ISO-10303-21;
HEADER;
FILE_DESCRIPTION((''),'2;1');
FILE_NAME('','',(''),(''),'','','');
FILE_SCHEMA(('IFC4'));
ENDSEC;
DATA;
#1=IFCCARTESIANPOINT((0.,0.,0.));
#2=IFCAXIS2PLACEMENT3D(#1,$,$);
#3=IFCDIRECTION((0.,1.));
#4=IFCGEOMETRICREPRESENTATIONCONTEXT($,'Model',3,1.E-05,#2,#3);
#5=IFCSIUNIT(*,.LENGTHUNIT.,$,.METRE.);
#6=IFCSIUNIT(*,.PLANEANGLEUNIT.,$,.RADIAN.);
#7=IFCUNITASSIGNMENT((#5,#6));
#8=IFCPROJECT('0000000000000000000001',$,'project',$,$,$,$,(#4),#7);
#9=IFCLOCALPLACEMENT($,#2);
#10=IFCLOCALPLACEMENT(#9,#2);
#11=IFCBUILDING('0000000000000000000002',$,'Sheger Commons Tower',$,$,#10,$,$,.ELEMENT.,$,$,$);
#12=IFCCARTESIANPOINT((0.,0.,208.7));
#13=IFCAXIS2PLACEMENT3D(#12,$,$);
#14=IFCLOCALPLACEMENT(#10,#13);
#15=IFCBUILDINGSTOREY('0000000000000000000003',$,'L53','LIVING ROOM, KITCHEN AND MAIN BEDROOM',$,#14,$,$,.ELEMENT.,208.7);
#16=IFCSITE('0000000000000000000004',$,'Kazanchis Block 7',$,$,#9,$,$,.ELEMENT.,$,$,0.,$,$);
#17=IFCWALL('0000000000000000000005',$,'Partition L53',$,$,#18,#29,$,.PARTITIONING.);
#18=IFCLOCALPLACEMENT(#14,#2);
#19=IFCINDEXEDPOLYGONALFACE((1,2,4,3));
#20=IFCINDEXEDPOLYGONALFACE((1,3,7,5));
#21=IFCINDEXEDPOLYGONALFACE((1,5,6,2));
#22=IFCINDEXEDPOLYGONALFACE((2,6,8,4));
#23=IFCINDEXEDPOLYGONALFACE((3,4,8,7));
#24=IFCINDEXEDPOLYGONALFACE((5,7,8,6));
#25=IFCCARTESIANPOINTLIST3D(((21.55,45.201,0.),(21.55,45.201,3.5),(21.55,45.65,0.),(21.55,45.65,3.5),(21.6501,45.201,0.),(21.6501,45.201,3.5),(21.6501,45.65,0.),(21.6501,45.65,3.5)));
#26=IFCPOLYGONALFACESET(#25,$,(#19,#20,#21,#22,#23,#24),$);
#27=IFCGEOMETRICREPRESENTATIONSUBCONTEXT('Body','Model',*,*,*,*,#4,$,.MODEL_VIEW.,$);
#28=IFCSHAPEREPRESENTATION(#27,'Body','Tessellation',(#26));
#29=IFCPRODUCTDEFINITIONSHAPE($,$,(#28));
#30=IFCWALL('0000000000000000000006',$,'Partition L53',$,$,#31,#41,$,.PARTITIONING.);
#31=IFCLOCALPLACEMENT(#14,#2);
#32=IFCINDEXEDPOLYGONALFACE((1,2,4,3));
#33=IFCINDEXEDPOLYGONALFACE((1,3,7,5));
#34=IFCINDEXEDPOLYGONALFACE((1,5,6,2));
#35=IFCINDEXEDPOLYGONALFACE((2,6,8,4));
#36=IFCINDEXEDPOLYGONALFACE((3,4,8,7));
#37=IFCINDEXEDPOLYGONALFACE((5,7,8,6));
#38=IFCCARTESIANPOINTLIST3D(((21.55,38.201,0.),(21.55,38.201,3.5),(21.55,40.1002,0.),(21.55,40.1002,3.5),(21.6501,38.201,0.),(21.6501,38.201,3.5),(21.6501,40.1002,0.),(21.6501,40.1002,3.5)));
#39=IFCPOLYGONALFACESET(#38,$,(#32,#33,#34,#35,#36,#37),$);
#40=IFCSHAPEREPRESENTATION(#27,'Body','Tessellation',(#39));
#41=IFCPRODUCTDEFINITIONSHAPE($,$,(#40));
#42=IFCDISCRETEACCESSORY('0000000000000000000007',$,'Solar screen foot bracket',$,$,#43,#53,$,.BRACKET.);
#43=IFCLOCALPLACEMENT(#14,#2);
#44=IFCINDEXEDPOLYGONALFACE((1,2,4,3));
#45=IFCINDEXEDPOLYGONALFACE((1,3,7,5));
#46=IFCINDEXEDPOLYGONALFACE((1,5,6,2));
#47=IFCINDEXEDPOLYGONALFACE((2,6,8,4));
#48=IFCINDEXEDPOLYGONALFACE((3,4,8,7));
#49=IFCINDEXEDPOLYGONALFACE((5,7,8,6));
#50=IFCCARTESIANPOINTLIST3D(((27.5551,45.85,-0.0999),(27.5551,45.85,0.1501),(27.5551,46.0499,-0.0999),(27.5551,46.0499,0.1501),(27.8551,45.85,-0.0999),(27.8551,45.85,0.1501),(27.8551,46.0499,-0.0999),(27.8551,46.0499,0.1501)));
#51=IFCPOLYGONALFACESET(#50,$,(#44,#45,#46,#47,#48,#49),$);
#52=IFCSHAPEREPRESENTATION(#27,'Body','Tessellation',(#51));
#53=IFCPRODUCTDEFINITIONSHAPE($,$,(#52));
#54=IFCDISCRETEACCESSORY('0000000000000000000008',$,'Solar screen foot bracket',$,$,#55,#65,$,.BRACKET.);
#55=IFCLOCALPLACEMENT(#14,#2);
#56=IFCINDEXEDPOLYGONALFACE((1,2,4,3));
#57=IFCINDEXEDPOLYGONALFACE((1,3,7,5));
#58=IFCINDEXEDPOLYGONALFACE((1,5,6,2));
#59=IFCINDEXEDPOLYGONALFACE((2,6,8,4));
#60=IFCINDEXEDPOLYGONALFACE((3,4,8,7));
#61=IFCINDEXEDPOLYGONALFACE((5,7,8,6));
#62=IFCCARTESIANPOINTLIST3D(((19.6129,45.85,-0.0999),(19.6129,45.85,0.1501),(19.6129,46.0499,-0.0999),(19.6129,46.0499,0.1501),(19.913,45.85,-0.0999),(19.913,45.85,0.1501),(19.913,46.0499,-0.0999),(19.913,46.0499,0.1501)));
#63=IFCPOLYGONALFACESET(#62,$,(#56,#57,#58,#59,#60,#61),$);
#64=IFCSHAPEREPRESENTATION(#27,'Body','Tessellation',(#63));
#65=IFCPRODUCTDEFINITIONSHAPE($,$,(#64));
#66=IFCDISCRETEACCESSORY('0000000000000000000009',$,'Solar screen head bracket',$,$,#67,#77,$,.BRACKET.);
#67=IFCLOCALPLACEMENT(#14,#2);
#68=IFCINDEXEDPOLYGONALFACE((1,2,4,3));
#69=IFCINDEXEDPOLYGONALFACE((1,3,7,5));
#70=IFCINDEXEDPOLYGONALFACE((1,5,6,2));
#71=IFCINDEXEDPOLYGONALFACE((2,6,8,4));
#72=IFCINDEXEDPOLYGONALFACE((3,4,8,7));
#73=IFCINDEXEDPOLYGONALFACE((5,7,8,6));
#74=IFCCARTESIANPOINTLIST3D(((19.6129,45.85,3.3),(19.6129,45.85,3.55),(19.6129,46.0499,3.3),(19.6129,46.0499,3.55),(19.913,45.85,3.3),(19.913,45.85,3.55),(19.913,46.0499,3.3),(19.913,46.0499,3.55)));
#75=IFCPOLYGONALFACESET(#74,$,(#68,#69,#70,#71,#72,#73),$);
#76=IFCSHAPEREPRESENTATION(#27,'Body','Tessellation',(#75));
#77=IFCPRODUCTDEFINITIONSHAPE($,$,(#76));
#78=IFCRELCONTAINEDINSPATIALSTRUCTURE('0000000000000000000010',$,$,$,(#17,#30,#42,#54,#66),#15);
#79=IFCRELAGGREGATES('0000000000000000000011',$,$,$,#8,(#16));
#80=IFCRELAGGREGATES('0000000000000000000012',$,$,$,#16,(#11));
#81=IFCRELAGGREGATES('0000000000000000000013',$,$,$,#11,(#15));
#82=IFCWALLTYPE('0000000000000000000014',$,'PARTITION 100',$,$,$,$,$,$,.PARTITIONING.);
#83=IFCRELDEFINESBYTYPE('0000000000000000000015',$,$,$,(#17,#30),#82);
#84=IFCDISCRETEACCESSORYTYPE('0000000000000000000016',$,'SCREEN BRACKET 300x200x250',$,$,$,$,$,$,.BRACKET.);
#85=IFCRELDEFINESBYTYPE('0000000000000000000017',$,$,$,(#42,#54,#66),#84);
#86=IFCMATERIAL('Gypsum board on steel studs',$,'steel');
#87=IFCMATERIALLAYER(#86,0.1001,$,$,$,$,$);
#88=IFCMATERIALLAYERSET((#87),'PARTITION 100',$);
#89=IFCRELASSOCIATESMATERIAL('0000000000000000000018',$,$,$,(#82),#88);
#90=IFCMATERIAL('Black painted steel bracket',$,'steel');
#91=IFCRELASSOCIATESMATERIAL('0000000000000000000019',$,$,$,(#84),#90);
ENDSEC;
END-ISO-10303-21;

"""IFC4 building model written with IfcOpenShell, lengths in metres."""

from ifc_helpers import new_model, si_unit, direction, frame, frame_2d, origin, origin_2d, place, context, subcontext, project, spatial, rectangle, extrude, material, layer, layer_set, type_object, element, save


model = new_model("IFC4")

# Units and contexts
model_context = context("Model", 3, precision=1e-05, world=origin(), true_north=direction((0.0, 1.0)))
body_context = subcontext(model_context, "Body", "Model", "MODEL_VIEW")
ifc_project = project(units=[si_unit("LENGTHUNIT", "METRE"), si_unit("PLANEANGLEUNIT", "RADIAN")], contexts=[model_context])

# Site, building, storey
site_placement = place(None, origin())
site = spatial("IfcSite", under=ifc_project, at=site_placement, Name="Kazanchis Block 7", CompositionType="ELEMENT", RefElevation=0.0)
building_placement = place(site_placement, origin())
building = spatial("IfcBuilding", under=site, at=building_placement, Name="Sheger Commons Tower", CompositionType="ELEMENT")
storey_placement = place(building_placement, frame((0.0, 0.0, 208.7)))
storey = spatial("IfcBuildingStorey", under=building, at=storey_placement, Name="L53", Description="LIVING ROOM, KITCHEN AND MAIN BEDROOM", CompositionType="ELEMENT", Elevation=208.7)

# Shared definitions
ifc_material_1 = material(Name="Gypsum board on steel studs", Category="steel")
ifc_layer_1 = layer(ifc_material_1, 0.1001)
ifc_layer_set_1 = layer_set([ifc_layer_1], Name="PARTITION 100")
wall_type_1 = type_object("IfcWallType", Name="PARTITION 100", PredefinedType="PARTITIONING", material=ifc_layer_set_1)

# Walls
wall_1_placement = place(storey_placement, frame((21.6001, 45.2009, 0.0), z_axis=(0.0, 0.0, 1.0), x_axis=(0.0, 1.0, 0.0)))
element("IfcWall", 1, at=wall_1_placement, inside=storey, type_object=wall_type_1, Name="Partition L53", PredefinedType="PARTITIONING", context=body_context, shape_type="SweptSolid", body=[
    extrude(rectangle(XDim=0.449, YDim=0.1001, at=frame_2d((0.2246, 0.0))), origin(), (0.0, 0.0, 1.0), 3.5),
])
wall_2_placement = place(storey_placement, frame((21.6001, 38.2009, 0.0), z_axis=(0.0, 0.0, 1.0), x_axis=(0.0, 1.0, 0.0)))
element("IfcWall", 2, at=wall_2_placement, inside=storey, type_object=wall_type_1, Name="Partition L53", PredefinedType="PARTITIONING", context=body_context, shape_type="SweptSolid", body=[
    extrude(rectangle(XDim=1.8992, YDim=0.1001, at=frame_2d((0.9497, 0.0))), origin(), (0.0, 0.0, 1.0), 3.5),
])

# Discrete accessories
ifc_material_2 = material(Name="Black painted steel bracket", Category="steel")
discrete_accessory_type = type_object("IfcDiscreteAccessoryType", Name="SCREEN BRACKET 300x200x250", PredefinedType="BRACKET", material=ifc_material_2)
for number, where, z_axis, x_axis, name in (
    (3, (27.7051, 45.95, -0.0999), (0.0, 0.0, 1.0), (-1.0, 0.0, 0.0), "Solar screen foot bracket"),
    (4, (19.7629, 45.95, -0.0999), (0.0, 0.0, 1.0), (-1.0, 0.0, 0.0), "Solar screen foot bracket"),
    (5, (19.7629, 45.95, 3.3), (0.0, 0.0, 1.0), (-1.0, 0.0, 0.0), "Solar screen head bracket"),
):
    element("IfcDiscreteAccessory", number, at=place(storey_placement, frame(where, z_axis=z_axis, x_axis=x_axis)), inside=storey, type_object=discrete_accessory_type, Name=name, PredefinedType="BRACKET", context=body_context, shape_type="SweptSolid", body=[
        extrude(rectangle(XDim=0.3, YDim=0.2, at=origin_2d()), origin(), (0.0, 0.0, 1.0), 0.25),
    ])

save(model, "model.ifc")
